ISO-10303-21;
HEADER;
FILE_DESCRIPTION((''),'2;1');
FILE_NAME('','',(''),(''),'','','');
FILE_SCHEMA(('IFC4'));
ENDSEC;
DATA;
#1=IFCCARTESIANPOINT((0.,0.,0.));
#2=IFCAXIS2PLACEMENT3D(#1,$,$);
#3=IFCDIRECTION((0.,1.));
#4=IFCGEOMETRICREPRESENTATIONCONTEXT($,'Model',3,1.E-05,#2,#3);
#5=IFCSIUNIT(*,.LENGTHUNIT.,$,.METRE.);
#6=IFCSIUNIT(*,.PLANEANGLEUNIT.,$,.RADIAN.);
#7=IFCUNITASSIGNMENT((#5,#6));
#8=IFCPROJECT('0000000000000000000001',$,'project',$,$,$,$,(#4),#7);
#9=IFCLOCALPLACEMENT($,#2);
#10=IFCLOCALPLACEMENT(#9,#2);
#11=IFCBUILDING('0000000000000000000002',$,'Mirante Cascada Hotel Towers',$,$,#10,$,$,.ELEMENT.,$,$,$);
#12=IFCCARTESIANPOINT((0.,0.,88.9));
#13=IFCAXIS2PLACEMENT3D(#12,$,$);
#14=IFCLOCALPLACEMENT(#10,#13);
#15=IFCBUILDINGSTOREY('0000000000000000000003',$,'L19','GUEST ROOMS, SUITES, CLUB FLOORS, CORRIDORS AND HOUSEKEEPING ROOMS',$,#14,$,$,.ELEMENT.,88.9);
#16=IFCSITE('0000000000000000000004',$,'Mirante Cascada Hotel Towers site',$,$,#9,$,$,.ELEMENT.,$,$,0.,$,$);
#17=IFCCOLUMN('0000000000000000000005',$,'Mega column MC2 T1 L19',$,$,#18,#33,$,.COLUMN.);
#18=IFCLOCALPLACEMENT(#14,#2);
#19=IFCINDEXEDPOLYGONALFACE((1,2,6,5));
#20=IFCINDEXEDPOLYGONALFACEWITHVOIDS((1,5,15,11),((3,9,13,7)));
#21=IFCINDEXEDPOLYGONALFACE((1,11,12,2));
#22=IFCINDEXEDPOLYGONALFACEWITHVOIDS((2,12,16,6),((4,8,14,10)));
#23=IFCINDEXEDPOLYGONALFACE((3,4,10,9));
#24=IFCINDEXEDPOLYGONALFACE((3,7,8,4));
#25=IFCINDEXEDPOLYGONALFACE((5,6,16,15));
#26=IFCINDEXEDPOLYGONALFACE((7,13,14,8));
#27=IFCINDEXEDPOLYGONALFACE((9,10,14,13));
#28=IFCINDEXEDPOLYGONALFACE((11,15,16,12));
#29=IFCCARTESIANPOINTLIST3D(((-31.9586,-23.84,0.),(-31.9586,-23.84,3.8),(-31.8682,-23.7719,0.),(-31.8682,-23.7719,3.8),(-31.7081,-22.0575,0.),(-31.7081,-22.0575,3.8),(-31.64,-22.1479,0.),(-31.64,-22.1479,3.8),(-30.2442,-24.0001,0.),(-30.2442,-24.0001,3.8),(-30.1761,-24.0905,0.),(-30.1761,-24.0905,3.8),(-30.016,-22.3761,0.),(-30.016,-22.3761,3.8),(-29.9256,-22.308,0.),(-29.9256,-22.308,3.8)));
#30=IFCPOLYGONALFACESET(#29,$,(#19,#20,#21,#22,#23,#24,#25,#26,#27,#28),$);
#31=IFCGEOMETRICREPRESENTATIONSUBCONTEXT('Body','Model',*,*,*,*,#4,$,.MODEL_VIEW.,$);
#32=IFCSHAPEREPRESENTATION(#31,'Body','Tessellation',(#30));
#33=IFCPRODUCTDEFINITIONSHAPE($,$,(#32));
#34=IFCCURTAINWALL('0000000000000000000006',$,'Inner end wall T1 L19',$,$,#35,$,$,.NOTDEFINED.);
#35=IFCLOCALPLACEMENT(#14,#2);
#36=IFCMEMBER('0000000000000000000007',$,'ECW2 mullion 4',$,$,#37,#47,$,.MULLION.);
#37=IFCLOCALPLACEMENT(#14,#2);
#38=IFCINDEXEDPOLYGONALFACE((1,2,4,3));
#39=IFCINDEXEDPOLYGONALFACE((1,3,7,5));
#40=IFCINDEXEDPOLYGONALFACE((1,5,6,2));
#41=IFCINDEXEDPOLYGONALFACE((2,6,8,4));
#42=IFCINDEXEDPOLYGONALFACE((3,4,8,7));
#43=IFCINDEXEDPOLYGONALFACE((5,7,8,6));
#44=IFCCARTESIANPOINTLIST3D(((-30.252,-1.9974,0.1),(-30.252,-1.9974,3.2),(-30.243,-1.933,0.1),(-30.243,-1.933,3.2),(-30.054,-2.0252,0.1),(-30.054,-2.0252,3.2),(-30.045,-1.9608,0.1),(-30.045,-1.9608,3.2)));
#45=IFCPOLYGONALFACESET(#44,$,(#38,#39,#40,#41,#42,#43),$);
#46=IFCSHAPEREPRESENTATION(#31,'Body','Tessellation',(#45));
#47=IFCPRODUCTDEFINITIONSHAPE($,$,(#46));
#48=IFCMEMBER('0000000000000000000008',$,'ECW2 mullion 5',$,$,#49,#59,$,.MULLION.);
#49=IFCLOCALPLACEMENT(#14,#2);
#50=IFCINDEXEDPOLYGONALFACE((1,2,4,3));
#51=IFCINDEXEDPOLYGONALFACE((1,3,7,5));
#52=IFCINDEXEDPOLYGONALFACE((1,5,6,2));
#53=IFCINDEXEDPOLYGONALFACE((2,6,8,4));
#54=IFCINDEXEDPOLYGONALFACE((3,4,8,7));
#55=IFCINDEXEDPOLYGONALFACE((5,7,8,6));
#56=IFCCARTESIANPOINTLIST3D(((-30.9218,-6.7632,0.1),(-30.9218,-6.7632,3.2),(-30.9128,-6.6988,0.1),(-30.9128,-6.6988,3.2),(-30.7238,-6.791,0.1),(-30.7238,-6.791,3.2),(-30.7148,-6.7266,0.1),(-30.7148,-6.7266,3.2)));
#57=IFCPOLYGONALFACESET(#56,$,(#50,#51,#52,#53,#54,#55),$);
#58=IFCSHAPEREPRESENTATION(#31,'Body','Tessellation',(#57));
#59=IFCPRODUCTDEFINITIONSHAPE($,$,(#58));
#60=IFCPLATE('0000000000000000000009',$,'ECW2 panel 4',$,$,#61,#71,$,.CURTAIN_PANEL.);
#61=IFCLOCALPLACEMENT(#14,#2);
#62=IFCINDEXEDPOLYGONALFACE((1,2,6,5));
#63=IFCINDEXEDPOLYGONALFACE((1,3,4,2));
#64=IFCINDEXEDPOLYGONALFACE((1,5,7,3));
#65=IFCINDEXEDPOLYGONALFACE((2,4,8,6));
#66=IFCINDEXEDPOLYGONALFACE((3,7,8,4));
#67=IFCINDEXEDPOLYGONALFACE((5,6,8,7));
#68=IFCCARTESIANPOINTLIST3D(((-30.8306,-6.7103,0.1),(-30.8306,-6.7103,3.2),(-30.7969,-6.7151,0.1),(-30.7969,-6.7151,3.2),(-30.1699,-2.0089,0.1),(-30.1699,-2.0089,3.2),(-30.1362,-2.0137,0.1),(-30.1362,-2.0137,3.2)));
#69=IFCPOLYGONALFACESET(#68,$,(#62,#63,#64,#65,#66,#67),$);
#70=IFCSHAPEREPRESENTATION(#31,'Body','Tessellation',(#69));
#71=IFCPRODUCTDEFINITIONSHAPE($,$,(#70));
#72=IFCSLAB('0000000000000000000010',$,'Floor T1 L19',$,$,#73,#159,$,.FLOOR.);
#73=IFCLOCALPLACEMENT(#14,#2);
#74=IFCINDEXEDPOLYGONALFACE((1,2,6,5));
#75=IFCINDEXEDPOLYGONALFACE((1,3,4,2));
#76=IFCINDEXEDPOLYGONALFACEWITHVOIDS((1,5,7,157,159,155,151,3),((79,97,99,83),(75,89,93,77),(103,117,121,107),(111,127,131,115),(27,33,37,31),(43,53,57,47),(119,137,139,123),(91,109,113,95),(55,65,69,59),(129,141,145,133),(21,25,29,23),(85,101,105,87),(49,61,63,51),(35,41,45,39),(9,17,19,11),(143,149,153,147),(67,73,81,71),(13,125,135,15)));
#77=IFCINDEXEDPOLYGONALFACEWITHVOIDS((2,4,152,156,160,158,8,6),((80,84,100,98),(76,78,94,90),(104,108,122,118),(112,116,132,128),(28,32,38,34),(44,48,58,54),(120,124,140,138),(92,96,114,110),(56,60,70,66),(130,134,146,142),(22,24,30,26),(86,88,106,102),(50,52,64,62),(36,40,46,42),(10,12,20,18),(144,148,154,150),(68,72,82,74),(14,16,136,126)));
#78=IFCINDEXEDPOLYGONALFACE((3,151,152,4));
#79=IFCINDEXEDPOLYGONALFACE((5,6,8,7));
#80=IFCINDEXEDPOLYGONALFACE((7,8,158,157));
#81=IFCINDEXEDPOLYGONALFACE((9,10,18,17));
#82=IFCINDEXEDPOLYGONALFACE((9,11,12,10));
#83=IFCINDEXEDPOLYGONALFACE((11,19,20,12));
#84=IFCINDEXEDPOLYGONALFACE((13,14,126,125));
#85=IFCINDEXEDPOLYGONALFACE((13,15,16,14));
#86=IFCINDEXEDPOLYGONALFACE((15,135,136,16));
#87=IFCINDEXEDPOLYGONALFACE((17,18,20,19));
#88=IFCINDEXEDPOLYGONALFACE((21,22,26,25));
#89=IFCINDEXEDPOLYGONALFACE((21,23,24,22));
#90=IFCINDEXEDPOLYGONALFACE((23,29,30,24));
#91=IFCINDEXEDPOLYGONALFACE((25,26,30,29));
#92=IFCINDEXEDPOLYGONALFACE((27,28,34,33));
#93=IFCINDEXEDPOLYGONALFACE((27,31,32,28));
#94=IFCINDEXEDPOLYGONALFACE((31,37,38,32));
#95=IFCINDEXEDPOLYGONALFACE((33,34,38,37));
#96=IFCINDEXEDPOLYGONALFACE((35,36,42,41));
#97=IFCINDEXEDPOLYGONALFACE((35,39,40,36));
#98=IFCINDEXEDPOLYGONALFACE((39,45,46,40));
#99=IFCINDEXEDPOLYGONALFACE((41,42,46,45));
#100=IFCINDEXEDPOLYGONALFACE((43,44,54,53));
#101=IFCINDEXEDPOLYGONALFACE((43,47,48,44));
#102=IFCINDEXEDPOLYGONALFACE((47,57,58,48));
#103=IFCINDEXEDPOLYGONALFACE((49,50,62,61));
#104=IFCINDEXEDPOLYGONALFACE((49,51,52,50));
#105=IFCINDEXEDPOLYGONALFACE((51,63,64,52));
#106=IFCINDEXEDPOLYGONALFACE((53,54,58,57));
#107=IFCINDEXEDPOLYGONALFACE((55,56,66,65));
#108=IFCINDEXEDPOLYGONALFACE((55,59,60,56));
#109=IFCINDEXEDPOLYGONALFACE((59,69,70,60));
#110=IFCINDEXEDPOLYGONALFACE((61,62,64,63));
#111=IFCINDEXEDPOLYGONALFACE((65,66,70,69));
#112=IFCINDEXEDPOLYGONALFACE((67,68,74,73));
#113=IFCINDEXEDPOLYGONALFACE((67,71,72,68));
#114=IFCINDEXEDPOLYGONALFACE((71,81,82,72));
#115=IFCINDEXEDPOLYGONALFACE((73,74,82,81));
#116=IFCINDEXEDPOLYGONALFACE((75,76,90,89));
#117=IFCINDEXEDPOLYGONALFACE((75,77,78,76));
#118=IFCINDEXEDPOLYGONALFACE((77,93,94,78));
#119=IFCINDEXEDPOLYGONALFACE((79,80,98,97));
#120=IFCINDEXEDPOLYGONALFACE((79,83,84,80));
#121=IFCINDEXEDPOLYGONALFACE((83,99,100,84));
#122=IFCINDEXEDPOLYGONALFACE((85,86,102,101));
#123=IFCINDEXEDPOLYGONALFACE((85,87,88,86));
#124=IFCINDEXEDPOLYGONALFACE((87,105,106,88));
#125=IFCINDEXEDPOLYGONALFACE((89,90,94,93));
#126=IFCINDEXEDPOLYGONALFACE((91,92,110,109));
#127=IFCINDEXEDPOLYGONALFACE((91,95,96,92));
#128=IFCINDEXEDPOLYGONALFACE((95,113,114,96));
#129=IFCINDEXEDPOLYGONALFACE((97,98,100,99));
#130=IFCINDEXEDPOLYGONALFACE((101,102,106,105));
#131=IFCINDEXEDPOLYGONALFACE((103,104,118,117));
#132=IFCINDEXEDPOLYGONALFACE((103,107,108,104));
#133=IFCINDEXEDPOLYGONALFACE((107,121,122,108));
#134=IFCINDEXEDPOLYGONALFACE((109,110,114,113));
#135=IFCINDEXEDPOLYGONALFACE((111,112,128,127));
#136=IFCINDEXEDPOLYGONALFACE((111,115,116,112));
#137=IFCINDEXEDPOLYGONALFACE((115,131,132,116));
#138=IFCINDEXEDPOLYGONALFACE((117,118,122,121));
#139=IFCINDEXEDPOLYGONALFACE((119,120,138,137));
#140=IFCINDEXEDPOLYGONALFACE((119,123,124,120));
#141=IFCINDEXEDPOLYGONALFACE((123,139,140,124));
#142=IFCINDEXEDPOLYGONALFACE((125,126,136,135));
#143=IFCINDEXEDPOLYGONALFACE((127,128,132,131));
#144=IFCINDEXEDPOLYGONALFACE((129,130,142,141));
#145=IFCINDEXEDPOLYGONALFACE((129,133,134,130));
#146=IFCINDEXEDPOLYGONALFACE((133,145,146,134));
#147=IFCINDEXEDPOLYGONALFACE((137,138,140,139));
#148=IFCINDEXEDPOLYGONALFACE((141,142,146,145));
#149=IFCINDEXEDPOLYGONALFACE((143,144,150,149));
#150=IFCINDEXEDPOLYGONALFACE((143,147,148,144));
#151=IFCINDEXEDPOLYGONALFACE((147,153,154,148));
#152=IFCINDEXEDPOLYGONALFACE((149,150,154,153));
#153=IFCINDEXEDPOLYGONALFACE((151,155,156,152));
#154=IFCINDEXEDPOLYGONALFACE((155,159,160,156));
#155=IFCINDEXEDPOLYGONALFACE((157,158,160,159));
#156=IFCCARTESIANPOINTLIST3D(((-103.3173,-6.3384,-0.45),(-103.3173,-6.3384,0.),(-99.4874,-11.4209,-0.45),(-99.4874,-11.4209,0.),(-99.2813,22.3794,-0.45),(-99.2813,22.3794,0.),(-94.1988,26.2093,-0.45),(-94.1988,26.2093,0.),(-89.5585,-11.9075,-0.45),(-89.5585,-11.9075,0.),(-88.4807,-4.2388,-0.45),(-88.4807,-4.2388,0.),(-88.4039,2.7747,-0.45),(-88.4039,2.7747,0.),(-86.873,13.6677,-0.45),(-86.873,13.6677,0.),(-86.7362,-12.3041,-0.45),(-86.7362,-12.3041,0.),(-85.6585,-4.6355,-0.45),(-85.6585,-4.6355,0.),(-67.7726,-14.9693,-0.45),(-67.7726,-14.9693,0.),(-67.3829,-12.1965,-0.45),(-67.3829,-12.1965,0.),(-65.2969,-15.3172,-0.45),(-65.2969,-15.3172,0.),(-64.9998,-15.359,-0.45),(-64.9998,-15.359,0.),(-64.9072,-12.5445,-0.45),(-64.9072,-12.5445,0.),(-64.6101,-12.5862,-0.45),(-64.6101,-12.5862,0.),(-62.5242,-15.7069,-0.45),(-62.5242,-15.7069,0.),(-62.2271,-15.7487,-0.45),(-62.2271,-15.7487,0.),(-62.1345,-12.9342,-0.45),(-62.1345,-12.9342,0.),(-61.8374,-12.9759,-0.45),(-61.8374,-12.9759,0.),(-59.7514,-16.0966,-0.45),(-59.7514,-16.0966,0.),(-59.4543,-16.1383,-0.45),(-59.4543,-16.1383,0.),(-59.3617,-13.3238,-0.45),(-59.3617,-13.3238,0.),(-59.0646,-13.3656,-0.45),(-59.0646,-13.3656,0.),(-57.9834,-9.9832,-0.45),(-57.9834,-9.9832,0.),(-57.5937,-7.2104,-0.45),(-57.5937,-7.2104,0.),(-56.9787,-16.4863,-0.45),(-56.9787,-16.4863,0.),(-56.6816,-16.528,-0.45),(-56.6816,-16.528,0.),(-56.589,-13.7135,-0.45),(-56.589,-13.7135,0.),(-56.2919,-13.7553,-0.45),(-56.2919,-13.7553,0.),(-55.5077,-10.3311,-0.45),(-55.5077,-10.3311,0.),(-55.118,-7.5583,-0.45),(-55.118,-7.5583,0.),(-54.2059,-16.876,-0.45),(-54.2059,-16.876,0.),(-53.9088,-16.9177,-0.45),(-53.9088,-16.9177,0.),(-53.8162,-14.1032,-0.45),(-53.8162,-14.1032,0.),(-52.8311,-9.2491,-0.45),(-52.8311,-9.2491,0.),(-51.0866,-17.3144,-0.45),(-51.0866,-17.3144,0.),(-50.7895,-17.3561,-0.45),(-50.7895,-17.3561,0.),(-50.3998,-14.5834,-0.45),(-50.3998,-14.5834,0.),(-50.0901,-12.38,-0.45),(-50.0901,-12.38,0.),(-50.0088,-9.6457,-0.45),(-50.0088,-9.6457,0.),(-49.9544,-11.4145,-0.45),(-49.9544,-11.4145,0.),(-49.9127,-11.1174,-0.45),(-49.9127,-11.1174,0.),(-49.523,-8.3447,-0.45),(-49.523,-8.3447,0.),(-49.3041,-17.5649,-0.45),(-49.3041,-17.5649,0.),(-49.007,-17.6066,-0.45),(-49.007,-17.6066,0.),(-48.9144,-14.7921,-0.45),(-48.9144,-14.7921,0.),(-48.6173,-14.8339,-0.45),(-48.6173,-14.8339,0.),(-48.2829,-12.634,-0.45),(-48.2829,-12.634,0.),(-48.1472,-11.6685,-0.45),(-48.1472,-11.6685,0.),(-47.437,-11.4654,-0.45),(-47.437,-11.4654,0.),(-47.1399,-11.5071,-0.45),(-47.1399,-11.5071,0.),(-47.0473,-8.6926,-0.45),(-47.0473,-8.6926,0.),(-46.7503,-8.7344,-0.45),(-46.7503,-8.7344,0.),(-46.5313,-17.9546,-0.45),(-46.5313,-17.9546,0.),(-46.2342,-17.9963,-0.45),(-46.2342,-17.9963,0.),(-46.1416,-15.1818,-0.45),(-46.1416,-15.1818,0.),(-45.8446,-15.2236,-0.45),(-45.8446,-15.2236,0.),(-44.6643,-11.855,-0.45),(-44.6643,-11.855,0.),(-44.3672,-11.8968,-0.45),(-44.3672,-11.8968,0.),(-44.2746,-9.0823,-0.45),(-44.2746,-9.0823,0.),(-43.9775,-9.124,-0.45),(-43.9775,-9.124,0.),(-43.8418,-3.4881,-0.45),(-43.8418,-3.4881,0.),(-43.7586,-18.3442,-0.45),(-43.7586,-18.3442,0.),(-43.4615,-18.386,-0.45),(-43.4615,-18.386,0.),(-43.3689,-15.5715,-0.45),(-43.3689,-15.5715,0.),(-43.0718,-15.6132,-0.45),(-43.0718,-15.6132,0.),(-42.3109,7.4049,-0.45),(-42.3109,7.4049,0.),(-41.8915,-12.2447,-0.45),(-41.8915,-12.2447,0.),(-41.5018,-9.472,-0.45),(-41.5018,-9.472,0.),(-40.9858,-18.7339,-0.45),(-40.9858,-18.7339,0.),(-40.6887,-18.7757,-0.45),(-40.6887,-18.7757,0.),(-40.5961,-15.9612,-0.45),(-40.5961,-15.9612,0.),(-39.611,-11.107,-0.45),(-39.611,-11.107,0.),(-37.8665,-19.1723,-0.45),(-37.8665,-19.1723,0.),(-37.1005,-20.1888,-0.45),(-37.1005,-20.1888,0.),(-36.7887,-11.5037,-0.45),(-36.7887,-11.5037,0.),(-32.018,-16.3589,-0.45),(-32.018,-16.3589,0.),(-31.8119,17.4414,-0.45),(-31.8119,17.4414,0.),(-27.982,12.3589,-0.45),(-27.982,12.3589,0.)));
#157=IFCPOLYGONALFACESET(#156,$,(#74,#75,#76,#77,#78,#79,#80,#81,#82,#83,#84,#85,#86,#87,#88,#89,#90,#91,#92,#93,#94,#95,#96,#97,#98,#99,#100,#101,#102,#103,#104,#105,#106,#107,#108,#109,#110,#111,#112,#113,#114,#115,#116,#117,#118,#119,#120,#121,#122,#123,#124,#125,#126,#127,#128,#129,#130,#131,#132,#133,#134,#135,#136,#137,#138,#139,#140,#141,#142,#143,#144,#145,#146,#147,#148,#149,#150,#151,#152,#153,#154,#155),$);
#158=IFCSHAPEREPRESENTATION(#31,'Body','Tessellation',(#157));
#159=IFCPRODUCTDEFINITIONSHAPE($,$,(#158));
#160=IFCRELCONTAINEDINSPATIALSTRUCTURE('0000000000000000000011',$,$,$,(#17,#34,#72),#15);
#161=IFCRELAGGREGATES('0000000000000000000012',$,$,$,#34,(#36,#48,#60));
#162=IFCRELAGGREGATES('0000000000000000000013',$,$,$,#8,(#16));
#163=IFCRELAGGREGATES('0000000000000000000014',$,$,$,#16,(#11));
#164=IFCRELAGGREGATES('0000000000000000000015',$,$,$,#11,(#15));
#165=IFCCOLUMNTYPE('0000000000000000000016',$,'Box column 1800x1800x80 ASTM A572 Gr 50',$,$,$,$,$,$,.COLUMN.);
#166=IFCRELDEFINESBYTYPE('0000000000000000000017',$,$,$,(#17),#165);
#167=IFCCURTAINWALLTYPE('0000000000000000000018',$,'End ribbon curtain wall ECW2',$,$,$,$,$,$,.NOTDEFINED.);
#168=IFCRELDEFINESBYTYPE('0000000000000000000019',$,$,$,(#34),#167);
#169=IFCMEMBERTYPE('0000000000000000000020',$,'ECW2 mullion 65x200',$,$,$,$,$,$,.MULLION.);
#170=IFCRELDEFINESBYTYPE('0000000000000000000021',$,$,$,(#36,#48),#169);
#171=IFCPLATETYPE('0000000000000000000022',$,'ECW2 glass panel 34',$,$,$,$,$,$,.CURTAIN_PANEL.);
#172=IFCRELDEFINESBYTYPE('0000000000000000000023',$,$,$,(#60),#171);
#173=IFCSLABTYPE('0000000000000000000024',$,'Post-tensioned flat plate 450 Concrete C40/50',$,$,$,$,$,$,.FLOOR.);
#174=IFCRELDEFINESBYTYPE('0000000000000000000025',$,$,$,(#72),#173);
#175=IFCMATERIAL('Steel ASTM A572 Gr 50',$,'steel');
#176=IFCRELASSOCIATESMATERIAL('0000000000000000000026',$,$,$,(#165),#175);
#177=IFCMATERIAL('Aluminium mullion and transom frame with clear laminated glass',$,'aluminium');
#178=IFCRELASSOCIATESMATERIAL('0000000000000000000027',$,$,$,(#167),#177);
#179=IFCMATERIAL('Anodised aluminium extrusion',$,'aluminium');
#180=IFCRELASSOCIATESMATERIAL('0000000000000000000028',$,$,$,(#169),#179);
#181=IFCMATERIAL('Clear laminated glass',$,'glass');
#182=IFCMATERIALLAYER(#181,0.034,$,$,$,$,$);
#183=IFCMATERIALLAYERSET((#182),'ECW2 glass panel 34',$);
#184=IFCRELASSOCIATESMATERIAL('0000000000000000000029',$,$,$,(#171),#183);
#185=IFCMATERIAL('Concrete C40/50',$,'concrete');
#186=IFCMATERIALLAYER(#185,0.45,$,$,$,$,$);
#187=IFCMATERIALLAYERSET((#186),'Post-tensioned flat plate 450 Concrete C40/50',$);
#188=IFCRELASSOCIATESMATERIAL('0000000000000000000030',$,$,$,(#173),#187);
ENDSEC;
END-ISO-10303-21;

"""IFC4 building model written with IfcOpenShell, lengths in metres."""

from ifc_helpers import new_model, si_unit, direction, frame, origin, origin_2d, place, context, subcontext, project, spatial, polyline, rectangle, hollow_rectangle, outline, extrude, material, layer, layer_set, material_profile, profile_set, type_object, element, aggregate, save


model = new_model("IFC4")

# Units and contexts
model_context = context("Model", 3, precision=1e-05, world=origin(), true_north=direction((0.0, 1.0)))
body_context = subcontext(model_context, "Body", "Model", "MODEL_VIEW")
ifc_project = project(units=[si_unit("LENGTHUNIT", "METRE"), si_unit("PLANEANGLEUNIT", "RADIAN")], contexts=[model_context])

# Site, building, storey
site_placement = place(None, origin())
site = spatial("IfcSite", under=ifc_project, at=site_placement, Name="Mirante Cascada Hotel Towers site", CompositionType="ELEMENT", RefElevation=0.0)
building_placement = place(site_placement, origin())
building = spatial("IfcBuilding", under=site, at=building_placement, Name="Mirante Cascada Hotel Towers", CompositionType="ELEMENT")
storey_placement = place(building_placement, frame((0.0, 0.0, 88.9)))
storey = spatial("IfcBuildingStorey", under=building, at=storey_placement, Name="L19", Description="GUEST ROOMS, SUITES, CLUB FLOORS, CORRIDORS AND HOUSEKEEPING ROOMS", CompositionType="ELEMENT", Elevation=88.9)

# Column
ifc_material_1 = material(Name="Steel ASTM A572 Gr 50", Category="steel")
ifc_material_profile_1 = material_profile(ifc_material_1, hollow_rectangle(XDim=1.8, YDim=1.8, WallThickness=0.08, at=origin_2d()), Name="Box column 1800x1800x80 ASTM A572 Gr 50")
ifc_profile_set_1 = profile_set([ifc_material_profile_1], Name="Steel ASTM A572 Gr 50")
column_type = type_object("IfcColumnType", Name="Box column 1800x1800x80 ASTM A572 Gr 50", PredefinedType="COLUMN", material=ifc_profile_set_1)
column_placement = place(storey_placement, frame((-30.9421, -23.074, 0.0), z_axis=(0.0, 0.0, 1.0), x_axis=(-0.990268, 0.139173, 0.0)))
element("IfcColumn", 1, at=column_placement, inside=storey, type_object=column_type, Name="Mega column MC2 T1 L19", PredefinedType="COLUMN", context=body_context, shape_type="SweptSolid", body=[
    extrude(hollow_rectangle(XDim=1.8, YDim=1.8, WallThickness=0.08, at=origin_2d()), origin(), (0.0, 0.0, 1.0), 3.8),
])

# Curtain wall, members, plate
ifc_material_2 = material(Name="Aluminium mullion and transom frame with clear laminated glass", Category="aluminium")
curtain_wall_type = type_object("IfcCurtainWallType", Name="End ribbon curtain wall ECW2", PredefinedType="NOTDEFINED", material=ifc_material_2)
curtain_wall_placement = place(storey_placement, origin())
curtain_wall = element("IfcCurtainWall", 2, at=curtain_wall_placement, inside=storey, type_object=curtain_wall_type, Name="Inner end wall T1 L19", PredefinedType="NOTDEFINED")
ifc_material_3 = material(Name="Anodised aluminium extrusion", Category="aluminium")
ifc_material_profile_2 = material_profile(ifc_material_3, rectangle(XDim=0.2, YDim=0.065, at=origin_2d()), Name="ECW2 MULLION 65x200")
ifc_profile_set_2 = profile_set([ifc_material_profile_2], Name="Anodised aluminium extrusion")
member_type = type_object("IfcMemberType", Name="ECW2 mullion 65x200", PredefinedType="MULLION", material=ifc_profile_set_2)
member_1_placement = place(storey_placement, frame((-30.1485, -1.9791, 0.1), z_axis=(0.0, 0.0, 1.0), x_axis=(0.990268, -0.139173, 0.0)))
member_1 = element("IfcMember", 3, at=member_1_placement, type_object=member_type, Name="ECW2 mullion 4", PredefinedType="MULLION", context=body_context, shape_type="SweptSolid", body=[
    extrude(rectangle(XDim=0.2, YDim=0.065, at=origin_2d()), origin(), (0.0, 0.0, 1.0), 3.1),
])
member_2_placement = place(storey_placement, frame((-30.8183, -6.7449, 0.1), z_axis=(0.0, 0.0, 1.0), x_axis=(0.990268, -0.139173, 0.0)))
member_2 = element("IfcMember", 4, at=member_2_placement, type_object=member_type, Name="ECW2 mullion 5", PredefinedType="MULLION", context=body_context, shape_type="SweptSolid", body=[
    extrude(rectangle(XDim=0.2, YDim=0.065, at=origin_2d()), origin(), (0.0, 0.0, 1.0), 3.1),
])
ifc_material_4 = material(Name="Clear laminated glass", Category="glass")
ifc_layer_1 = layer(ifc_material_4, 0.034)
ifc_layer_set_1 = layer_set([ifc_layer_1], Name="ECW2 glass panel 34")
plate_type = type_object("IfcPlateType", Name="ECW2 glass panel 34", PredefinedType="CURTAIN_PANEL", material=ifc_layer_set_1)
plate_placement = place(storey_placement, frame((-30.4834, -4.362, 0.1), z_axis=(0.0, 0.0, 1.0), x_axis=(-0.139173, -0.990268, 0.0)))
plate = element("IfcPlate", 5, at=plate_placement, type_object=plate_type, Name="ECW2 panel 4", PredefinedType="CURTAIN_PANEL", context=body_context, shape_type="SweptSolid", body=[
    extrude(rectangle(XDim=4.7476, YDim=0.034, at=origin_2d()), origin(), (0.0, 0.0, 1.0), 3.1),
])
aggregate(curtain_wall, [member_1, member_2, plate])

# Slab
ifc_material_5 = material(Name="Concrete C40/50", Category="concrete")
ifc_layer_2 = layer(ifc_material_5, 0.45)
ifc_layer_set_2 = layer_set([ifc_layer_2], Name="Post-tensioned flat plate 450 Concrete C40/50")
slab_type = type_object("IfcSlabType", Name="Post-tensioned flat plate 450 Concrete C40/50", PredefinedType="FLOOR", material=ifc_layer_set_2)
slab_1_placement = place(storey_placement, frame((0.0, 0.0, -0.45)))
element("IfcSlab", 6, at=slab_1_placement, inside=storey, type_object=slab_type, Name="Floor T1 L19", PredefinedType="FLOOR", context=body_context, shape_type="SweptSolid", body=[
    extrude(outline(polyline([(-32.018, -16.3589), (-27.982, 12.3589), (-31.8119, 17.4414), (-94.1988, 26.2093), (-99.2813, 22.3794), (-103.3173, -6.3384), (-99.4874, -11.4209), (-37.1005, -20.1888), (-32.018, -16.3589)]), holes=[polyline([(-43.0718, -15.6132), (-40.5961, -15.9612), (-40.9858, -18.7339), (-43.4615, -18.386), (-43.0718, -15.6132)]), polyline([(-45.8446, -15.2236), (-43.3689, -15.5715), (-43.7586, -18.3442), (-46.2342, -17.9963), (-45.8446, -15.2236)]), polyline([(-48.6173, -14.8339), (-46.1416, -15.1818), (-46.5313, -17.9546), (-49.007, -17.6066), (-48.6173, -14.8339)]), polyline([(-50.3998, -14.5834), (-48.9144, -14.7921), (-49.3041, -17.5649), (-50.7895, -17.3561), (-50.3998, -14.5834)]), polyline([(-36.7887, -11.5037), (-37.8665, -19.1723), (-40.6887, -18.7757), (-39.611, -11.107), (-36.7887, -11.5037)]), polyline([(-49.9544, -11.4145), (-48.1472, -11.6685), (-48.2829, -12.634), (-50.0901, -12.38), (-49.9544, -11.4145)]), polyline([(-43.9775, -9.124), (-41.5018, -9.472), (-41.8915, -12.2447), (-44.3672, -11.8968), (-43.9775, -9.124)]), polyline([(-47.1399, -11.5071), (-46.7503, -8.7344), (-44.2746, -9.0823), (-44.6643, -11.855), (-47.1399, -11.5071)]), polyline([(-49.9127, -11.1174), (-49.523, -8.3447), (-47.0473, -8.6926), (-47.437, -11.4654), (-49.9127, -11.1174)]), polyline([(-56.2919, -13.7553), (-53.8162, -14.1032), (-54.2059, -16.876), (-56.6816, -16.528), (-56.2919, -13.7553)]), polyline([(-59.0646, -13.3656), (-56.589, -13.7135), (-56.9787, -16.4863), (-59.4543, -16.1383), (-59.0646, -13.3656)]), polyline([(-61.8374, -12.9759), (-59.3617, -13.3238), (-59.7514, -16.0966), (-62.2271, -15.7487), (-61.8374, -12.9759)]), polyline([(-64.6101, -12.5862), (-62.1345, -12.9342), (-62.5242, -15.7069), (-64.9998, -15.359), (-64.6101, -12.5862)]), polyline([(-67.3829, -12.1965), (-64.9072, -12.5445), (-65.2969, -15.3172), (-67.7726, -14.9693), (-67.3829, -12.1965)]), polyline([(-50.0088, -9.6457), (-51.0866, -17.3144), (-53.9088, -16.9177), (-52.8311, -9.2491), (-50.0088, -9.6457)]), polyline([(-85.6585, -4.6355), (-86.7362, -12.3041), (-89.5585, -11.9075), (-88.4807, -4.2388), (-85.6585, -4.6355)]), polyline([(-57.9834, -9.9832), (-57.5937, -7.2104), (-55.118, -7.5583), (-55.5077, -10.3311), (-57.9834, -9.9832)]), polyline([(-88.4039, 2.7747), (-86.873, 13.6677), (-42.3109, 7.4049), (-43.8418, -3.4881), (-88.4039, 2.7747)])]), origin(), (0.0, 0.0, 1.0), 0.45),
])

save(model, "model.ifc")
